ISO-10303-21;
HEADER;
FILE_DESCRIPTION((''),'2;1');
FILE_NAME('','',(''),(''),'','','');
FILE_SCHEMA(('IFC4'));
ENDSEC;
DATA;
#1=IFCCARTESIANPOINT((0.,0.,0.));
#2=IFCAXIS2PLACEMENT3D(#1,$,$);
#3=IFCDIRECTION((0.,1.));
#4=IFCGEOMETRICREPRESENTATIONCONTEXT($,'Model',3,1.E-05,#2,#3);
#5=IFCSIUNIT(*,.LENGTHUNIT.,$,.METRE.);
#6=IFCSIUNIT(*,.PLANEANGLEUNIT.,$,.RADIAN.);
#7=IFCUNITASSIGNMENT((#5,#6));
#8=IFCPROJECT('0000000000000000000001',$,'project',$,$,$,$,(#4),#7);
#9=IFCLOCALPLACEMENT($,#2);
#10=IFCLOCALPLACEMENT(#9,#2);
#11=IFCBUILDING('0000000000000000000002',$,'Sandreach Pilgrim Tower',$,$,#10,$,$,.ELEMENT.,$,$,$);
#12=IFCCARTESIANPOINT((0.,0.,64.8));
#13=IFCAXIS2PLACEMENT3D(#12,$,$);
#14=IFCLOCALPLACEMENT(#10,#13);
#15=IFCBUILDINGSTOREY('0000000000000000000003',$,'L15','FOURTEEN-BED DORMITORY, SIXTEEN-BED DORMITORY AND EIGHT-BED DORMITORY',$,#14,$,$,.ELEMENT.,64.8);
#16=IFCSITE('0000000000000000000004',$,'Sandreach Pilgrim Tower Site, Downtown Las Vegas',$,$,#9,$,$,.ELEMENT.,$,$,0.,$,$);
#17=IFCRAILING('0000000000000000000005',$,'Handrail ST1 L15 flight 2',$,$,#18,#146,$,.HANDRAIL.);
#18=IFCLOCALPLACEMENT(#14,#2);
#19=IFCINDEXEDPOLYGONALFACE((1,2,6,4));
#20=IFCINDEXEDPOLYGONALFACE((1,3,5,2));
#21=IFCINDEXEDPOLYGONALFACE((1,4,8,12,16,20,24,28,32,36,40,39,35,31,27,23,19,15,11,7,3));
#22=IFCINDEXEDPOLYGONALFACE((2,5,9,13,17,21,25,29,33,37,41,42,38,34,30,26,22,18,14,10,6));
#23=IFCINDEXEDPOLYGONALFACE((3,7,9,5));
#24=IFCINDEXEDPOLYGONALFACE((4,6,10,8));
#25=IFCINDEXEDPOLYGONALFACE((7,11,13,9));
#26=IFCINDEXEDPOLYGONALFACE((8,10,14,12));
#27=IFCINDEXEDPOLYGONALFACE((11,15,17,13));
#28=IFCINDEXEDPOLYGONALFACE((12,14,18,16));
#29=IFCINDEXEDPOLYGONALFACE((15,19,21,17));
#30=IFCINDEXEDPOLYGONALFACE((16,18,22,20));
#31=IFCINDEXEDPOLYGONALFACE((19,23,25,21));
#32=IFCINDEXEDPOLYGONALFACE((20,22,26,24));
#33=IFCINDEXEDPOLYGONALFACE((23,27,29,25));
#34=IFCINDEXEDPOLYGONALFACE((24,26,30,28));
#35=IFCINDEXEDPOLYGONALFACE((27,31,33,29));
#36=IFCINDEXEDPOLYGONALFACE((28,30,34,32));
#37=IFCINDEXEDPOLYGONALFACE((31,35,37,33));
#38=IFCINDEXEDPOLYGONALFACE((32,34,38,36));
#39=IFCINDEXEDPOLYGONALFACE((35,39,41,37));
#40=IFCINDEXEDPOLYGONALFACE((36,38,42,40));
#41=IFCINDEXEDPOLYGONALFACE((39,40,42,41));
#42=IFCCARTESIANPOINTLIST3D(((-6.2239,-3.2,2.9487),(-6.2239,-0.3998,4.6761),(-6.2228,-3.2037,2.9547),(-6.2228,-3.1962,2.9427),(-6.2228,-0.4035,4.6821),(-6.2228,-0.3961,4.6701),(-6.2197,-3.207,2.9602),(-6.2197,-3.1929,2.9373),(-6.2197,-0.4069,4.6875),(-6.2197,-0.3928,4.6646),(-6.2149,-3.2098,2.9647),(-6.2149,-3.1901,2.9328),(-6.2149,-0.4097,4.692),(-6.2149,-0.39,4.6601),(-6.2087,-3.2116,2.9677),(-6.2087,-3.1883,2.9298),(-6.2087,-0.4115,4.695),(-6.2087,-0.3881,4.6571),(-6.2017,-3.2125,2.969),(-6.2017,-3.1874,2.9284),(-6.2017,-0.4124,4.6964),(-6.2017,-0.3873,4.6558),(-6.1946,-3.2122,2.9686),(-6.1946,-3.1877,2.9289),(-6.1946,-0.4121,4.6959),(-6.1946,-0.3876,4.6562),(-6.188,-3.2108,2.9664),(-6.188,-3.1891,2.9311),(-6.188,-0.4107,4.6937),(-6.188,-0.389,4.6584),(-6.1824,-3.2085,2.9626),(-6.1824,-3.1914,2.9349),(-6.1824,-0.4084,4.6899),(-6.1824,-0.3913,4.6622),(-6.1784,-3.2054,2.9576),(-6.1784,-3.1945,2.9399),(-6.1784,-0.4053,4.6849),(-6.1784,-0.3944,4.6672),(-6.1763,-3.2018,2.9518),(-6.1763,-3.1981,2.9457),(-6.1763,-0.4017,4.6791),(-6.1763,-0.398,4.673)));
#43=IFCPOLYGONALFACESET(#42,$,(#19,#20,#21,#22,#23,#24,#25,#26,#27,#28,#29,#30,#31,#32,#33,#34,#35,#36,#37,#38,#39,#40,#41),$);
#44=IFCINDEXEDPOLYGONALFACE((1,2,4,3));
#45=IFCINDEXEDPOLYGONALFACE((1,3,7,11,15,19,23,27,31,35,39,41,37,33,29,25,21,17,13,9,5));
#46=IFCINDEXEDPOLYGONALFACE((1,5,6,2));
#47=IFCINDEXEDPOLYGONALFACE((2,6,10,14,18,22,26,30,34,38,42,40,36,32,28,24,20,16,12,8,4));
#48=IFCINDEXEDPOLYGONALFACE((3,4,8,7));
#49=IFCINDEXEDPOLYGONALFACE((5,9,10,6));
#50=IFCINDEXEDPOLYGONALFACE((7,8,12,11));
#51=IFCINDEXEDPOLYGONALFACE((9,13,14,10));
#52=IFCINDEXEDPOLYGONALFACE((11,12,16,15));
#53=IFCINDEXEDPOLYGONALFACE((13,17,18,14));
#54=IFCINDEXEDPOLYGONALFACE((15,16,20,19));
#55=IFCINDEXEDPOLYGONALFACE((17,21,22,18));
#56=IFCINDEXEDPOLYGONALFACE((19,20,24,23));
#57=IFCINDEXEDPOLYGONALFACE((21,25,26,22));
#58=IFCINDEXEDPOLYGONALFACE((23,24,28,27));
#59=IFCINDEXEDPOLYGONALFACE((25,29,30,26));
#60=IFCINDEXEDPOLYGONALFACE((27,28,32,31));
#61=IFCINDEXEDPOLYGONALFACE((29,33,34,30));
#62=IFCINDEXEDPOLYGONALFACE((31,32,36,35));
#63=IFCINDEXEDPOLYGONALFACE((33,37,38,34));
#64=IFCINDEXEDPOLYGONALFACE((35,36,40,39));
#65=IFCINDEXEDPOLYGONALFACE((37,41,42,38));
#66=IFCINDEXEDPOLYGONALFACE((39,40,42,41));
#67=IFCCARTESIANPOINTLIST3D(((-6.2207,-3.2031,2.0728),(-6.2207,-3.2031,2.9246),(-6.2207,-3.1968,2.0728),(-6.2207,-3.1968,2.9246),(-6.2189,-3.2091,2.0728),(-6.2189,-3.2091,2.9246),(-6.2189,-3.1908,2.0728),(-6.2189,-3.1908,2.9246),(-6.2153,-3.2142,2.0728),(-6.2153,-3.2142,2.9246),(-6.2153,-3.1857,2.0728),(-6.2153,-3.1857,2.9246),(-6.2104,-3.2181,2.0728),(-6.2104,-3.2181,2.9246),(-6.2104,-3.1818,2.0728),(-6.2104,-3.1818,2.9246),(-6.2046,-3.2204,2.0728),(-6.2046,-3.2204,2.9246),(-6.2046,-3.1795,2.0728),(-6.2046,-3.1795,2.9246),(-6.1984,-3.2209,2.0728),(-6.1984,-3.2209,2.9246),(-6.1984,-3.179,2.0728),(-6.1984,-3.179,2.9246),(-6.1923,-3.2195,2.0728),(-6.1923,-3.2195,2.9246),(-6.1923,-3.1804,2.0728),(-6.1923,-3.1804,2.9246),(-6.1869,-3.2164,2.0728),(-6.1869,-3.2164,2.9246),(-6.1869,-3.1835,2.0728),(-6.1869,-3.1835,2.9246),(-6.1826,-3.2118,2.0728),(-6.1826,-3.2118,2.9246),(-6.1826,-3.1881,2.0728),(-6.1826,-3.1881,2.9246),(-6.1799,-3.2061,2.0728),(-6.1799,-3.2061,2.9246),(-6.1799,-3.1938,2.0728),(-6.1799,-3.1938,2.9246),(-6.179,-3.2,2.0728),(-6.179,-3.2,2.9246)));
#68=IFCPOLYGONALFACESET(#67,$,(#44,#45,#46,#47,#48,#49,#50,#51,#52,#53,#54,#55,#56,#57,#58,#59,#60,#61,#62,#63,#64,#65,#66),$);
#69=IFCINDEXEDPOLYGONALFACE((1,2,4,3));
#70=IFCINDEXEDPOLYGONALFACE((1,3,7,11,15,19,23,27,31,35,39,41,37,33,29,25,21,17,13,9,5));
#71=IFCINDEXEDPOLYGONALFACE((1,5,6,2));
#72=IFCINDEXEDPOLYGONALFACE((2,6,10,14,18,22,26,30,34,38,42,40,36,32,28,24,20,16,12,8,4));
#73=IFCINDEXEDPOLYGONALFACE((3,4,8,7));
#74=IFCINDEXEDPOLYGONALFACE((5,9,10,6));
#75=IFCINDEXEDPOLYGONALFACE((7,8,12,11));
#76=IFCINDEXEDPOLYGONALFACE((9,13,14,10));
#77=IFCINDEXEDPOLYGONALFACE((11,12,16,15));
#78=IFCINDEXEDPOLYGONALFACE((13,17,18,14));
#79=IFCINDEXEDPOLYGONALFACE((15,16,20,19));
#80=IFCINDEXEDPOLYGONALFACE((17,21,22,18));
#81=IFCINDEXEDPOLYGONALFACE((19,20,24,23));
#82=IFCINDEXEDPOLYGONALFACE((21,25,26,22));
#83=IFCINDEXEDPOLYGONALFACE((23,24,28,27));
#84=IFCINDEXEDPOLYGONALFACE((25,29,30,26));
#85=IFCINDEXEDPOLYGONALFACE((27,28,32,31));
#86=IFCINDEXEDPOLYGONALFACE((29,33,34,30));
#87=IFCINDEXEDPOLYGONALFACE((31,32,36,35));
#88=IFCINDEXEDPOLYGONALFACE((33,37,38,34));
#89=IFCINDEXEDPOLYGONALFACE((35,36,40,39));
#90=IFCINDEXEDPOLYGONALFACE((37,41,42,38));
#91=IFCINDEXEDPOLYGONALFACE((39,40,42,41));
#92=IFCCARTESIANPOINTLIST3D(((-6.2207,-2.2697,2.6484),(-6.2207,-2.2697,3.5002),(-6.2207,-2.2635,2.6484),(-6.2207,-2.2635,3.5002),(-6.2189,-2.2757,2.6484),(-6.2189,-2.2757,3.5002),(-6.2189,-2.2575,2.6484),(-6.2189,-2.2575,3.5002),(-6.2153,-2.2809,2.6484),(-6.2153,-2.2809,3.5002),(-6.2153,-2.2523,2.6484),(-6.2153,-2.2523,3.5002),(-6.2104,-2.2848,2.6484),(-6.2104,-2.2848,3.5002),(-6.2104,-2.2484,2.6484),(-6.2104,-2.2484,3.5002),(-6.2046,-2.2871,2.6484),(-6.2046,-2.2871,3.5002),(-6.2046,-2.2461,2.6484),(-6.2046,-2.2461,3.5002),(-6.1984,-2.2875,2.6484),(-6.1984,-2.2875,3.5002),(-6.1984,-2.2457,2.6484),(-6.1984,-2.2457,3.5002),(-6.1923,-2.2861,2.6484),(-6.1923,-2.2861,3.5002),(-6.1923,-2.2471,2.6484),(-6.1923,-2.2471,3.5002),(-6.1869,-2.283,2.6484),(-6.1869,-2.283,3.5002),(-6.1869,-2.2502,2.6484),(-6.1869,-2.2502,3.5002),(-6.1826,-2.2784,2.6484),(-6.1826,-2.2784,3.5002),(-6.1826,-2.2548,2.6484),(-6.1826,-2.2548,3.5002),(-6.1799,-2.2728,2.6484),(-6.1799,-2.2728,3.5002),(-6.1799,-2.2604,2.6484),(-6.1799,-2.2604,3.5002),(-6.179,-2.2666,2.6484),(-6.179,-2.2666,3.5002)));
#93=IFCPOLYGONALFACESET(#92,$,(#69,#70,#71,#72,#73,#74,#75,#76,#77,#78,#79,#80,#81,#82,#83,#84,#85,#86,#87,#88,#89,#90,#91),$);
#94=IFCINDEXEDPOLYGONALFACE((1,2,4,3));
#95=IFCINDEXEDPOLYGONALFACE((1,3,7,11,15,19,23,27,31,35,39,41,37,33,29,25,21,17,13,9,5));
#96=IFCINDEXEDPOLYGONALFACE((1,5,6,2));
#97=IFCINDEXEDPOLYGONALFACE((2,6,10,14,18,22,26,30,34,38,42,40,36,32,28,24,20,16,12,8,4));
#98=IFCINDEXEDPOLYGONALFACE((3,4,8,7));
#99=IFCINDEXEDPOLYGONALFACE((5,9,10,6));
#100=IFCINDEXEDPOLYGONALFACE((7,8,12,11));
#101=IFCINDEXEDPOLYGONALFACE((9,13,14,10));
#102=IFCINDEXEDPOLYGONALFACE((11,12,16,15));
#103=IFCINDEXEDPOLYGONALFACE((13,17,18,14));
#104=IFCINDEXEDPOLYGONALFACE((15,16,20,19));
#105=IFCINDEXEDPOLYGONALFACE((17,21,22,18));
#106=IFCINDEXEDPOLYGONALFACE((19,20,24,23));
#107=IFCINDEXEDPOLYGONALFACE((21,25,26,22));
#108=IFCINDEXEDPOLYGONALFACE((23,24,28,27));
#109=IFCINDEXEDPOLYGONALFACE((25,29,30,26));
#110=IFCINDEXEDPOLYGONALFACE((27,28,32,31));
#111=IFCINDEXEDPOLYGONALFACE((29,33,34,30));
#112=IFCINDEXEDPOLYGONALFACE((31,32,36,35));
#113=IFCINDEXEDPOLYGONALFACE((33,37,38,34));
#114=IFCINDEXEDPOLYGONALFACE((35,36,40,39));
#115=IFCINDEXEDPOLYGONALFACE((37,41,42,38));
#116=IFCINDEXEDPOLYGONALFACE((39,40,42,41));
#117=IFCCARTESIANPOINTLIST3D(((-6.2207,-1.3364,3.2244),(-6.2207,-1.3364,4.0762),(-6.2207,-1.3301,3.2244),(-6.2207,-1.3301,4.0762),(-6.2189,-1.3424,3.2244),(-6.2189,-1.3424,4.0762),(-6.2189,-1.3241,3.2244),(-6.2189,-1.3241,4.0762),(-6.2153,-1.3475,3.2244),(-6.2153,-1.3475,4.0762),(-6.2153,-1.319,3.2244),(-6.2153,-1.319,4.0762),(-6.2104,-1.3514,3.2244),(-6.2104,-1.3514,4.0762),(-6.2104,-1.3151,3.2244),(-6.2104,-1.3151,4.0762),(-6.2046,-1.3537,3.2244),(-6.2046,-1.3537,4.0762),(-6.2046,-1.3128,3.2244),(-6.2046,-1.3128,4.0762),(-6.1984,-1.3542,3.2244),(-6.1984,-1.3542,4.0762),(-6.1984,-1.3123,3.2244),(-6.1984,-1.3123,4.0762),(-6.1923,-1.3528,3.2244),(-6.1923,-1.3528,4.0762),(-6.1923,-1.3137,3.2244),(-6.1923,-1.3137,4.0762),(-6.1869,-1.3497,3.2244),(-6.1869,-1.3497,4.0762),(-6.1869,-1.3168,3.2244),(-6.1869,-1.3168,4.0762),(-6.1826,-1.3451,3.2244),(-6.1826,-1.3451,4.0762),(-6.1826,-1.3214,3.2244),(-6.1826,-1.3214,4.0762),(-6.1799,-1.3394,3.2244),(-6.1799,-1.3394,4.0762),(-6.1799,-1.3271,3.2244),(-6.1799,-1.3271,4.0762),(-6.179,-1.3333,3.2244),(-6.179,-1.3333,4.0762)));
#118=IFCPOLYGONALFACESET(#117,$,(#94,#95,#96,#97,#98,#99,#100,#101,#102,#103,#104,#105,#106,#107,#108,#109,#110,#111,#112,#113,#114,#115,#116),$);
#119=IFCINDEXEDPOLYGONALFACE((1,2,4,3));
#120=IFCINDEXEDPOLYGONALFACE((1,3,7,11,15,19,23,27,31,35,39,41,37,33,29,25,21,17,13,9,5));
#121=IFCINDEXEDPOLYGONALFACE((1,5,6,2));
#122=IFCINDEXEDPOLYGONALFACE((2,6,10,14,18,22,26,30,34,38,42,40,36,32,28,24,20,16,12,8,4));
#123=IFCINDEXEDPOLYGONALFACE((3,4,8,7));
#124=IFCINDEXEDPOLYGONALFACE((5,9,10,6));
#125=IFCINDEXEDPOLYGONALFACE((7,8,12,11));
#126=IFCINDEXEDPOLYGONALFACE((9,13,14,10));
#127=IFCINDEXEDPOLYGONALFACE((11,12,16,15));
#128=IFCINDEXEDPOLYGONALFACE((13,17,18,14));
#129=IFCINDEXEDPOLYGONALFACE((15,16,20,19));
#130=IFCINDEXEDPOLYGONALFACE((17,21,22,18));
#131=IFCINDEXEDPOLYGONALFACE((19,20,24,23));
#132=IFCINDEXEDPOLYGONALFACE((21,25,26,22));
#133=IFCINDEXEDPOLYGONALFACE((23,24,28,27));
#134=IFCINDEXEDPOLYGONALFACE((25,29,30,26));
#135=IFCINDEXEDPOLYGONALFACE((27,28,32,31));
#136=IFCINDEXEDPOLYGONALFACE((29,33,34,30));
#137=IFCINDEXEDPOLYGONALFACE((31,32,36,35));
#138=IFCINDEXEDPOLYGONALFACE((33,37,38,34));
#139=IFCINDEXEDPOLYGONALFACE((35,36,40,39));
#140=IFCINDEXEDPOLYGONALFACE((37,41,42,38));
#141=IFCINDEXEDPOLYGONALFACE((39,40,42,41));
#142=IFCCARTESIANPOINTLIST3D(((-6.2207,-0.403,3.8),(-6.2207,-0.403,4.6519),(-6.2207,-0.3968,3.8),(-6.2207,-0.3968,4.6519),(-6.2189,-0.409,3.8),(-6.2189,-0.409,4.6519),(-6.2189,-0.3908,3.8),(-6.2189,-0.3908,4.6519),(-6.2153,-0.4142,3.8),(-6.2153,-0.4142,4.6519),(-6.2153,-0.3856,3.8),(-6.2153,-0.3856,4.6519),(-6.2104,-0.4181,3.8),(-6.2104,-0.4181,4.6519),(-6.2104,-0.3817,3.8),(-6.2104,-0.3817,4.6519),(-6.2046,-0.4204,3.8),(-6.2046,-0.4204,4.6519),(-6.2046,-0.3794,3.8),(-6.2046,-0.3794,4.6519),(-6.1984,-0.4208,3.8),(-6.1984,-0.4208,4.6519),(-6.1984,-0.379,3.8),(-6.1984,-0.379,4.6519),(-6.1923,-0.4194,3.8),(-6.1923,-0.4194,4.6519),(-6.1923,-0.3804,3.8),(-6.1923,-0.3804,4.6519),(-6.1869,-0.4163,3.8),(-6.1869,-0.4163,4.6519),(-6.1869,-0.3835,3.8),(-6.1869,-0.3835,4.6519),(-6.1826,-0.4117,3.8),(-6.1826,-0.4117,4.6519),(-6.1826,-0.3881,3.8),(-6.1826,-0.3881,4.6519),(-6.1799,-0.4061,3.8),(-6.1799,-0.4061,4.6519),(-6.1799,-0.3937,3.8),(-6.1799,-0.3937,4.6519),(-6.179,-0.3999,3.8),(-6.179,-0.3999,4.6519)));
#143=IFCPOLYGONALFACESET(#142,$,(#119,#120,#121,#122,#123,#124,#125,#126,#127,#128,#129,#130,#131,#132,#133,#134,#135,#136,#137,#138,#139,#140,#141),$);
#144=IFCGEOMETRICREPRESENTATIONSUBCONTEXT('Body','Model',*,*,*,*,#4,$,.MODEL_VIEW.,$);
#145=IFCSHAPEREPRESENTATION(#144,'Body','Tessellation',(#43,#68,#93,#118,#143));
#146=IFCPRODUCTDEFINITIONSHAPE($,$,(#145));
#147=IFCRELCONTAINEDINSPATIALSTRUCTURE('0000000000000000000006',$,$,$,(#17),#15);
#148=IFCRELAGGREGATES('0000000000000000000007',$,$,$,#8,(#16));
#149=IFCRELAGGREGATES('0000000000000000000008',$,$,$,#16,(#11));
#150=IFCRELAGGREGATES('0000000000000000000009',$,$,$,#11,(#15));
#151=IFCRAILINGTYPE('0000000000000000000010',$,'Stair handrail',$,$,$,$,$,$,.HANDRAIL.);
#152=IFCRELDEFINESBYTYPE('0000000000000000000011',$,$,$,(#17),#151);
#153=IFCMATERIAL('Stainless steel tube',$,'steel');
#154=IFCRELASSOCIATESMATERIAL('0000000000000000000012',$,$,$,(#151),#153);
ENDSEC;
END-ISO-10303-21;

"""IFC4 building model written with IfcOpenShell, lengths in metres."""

from ifc_helpers import new_model, si_unit, direction, frame, origin, origin_2d, place, context, subcontext, project, spatial, circle, extrude, material, type_object, element, save


model = new_model("IFC4")

# Units and contexts
model_context = context("Model", 3, precision=1e-05, world=origin(), true_north=direction((0.0, 1.0)))
body_context = subcontext(model_context, "Body", "Model", "MODEL_VIEW")
ifc_project = project(units=[si_unit("LENGTHUNIT", "METRE"), si_unit("PLANEANGLEUNIT", "RADIAN")], contexts=[model_context])

# Site, building, storey
site_placement = place(None, origin())
site = spatial("IfcSite", under=ifc_project, at=site_placement, Name="Sandreach Pilgrim Tower Site, Downtown Las Vegas", CompositionType="ELEMENT", RefElevation=0.0)
building_placement = place(site_placement, origin())
building = spatial("IfcBuilding", under=site, at=building_placement, Name="Sandreach Pilgrim Tower", CompositionType="ELEMENT")
storey_placement = place(building_placement, frame((0.0, 0.0, 64.8)))
storey = spatial("IfcBuildingStorey", under=building, at=storey_placement, Name="L15", Description="FOURTEEN-BED DORMITORY, SIXTEEN-BED DORMITORY AND EIGHT-BED DORMITORY", CompositionType="ELEMENT", Elevation=64.8)

# Railing
ifc_material_1 = material(Name="Stainless steel tube", Category="steel")
railing_type = type_object("IfcRailingType", Name="Stair handrail", PredefinedType="HANDRAIL", material=ifc_material_1)
for number, where, name in (
    (1, (-6.2, -3.2, 2.0728), "Handrail ST1 L15 flight 2"),
):
    element("IfcRailing", number, at=place(storey_placement, frame(where)), inside=storey, type_object=railing_type, Name=name, PredefinedType="HANDRAIL", context=body_context, shape_type="SweptSolid", body=[
        extrude(circle(Radius=0.0239, at=origin_2d()), frame((0.0, 0.0, 0.876), z_axis=(0.0, 0.85109, 0.52502), x_axis=(-1.0, 0.0, 0.0)), (0.0, 0.0, 1.0), 3.29),
        extrude(circle(Radius=0.021, at=origin_2d()), origin(), (0.0, 0.0, 1.0), 0.8518),
        extrude(circle(Radius=0.021, at=origin_2d()), frame((0.0, 0.9333, 0.5757)), (0.0, 0.0, 1.0), 0.8518),
        extrude(circle(Radius=0.021, at=origin_2d()), frame((0.0, 1.8667, 1.1516)), (0.0, 0.0, 1.0), 0.8518),
        extrude(circle(Radius=0.021, at=origin_2d()), frame((0.0, 2.8, 1.7273)), (0.0, 0.0, 1.0), 0.8518),
    ])

save(model, "model.ifc")
